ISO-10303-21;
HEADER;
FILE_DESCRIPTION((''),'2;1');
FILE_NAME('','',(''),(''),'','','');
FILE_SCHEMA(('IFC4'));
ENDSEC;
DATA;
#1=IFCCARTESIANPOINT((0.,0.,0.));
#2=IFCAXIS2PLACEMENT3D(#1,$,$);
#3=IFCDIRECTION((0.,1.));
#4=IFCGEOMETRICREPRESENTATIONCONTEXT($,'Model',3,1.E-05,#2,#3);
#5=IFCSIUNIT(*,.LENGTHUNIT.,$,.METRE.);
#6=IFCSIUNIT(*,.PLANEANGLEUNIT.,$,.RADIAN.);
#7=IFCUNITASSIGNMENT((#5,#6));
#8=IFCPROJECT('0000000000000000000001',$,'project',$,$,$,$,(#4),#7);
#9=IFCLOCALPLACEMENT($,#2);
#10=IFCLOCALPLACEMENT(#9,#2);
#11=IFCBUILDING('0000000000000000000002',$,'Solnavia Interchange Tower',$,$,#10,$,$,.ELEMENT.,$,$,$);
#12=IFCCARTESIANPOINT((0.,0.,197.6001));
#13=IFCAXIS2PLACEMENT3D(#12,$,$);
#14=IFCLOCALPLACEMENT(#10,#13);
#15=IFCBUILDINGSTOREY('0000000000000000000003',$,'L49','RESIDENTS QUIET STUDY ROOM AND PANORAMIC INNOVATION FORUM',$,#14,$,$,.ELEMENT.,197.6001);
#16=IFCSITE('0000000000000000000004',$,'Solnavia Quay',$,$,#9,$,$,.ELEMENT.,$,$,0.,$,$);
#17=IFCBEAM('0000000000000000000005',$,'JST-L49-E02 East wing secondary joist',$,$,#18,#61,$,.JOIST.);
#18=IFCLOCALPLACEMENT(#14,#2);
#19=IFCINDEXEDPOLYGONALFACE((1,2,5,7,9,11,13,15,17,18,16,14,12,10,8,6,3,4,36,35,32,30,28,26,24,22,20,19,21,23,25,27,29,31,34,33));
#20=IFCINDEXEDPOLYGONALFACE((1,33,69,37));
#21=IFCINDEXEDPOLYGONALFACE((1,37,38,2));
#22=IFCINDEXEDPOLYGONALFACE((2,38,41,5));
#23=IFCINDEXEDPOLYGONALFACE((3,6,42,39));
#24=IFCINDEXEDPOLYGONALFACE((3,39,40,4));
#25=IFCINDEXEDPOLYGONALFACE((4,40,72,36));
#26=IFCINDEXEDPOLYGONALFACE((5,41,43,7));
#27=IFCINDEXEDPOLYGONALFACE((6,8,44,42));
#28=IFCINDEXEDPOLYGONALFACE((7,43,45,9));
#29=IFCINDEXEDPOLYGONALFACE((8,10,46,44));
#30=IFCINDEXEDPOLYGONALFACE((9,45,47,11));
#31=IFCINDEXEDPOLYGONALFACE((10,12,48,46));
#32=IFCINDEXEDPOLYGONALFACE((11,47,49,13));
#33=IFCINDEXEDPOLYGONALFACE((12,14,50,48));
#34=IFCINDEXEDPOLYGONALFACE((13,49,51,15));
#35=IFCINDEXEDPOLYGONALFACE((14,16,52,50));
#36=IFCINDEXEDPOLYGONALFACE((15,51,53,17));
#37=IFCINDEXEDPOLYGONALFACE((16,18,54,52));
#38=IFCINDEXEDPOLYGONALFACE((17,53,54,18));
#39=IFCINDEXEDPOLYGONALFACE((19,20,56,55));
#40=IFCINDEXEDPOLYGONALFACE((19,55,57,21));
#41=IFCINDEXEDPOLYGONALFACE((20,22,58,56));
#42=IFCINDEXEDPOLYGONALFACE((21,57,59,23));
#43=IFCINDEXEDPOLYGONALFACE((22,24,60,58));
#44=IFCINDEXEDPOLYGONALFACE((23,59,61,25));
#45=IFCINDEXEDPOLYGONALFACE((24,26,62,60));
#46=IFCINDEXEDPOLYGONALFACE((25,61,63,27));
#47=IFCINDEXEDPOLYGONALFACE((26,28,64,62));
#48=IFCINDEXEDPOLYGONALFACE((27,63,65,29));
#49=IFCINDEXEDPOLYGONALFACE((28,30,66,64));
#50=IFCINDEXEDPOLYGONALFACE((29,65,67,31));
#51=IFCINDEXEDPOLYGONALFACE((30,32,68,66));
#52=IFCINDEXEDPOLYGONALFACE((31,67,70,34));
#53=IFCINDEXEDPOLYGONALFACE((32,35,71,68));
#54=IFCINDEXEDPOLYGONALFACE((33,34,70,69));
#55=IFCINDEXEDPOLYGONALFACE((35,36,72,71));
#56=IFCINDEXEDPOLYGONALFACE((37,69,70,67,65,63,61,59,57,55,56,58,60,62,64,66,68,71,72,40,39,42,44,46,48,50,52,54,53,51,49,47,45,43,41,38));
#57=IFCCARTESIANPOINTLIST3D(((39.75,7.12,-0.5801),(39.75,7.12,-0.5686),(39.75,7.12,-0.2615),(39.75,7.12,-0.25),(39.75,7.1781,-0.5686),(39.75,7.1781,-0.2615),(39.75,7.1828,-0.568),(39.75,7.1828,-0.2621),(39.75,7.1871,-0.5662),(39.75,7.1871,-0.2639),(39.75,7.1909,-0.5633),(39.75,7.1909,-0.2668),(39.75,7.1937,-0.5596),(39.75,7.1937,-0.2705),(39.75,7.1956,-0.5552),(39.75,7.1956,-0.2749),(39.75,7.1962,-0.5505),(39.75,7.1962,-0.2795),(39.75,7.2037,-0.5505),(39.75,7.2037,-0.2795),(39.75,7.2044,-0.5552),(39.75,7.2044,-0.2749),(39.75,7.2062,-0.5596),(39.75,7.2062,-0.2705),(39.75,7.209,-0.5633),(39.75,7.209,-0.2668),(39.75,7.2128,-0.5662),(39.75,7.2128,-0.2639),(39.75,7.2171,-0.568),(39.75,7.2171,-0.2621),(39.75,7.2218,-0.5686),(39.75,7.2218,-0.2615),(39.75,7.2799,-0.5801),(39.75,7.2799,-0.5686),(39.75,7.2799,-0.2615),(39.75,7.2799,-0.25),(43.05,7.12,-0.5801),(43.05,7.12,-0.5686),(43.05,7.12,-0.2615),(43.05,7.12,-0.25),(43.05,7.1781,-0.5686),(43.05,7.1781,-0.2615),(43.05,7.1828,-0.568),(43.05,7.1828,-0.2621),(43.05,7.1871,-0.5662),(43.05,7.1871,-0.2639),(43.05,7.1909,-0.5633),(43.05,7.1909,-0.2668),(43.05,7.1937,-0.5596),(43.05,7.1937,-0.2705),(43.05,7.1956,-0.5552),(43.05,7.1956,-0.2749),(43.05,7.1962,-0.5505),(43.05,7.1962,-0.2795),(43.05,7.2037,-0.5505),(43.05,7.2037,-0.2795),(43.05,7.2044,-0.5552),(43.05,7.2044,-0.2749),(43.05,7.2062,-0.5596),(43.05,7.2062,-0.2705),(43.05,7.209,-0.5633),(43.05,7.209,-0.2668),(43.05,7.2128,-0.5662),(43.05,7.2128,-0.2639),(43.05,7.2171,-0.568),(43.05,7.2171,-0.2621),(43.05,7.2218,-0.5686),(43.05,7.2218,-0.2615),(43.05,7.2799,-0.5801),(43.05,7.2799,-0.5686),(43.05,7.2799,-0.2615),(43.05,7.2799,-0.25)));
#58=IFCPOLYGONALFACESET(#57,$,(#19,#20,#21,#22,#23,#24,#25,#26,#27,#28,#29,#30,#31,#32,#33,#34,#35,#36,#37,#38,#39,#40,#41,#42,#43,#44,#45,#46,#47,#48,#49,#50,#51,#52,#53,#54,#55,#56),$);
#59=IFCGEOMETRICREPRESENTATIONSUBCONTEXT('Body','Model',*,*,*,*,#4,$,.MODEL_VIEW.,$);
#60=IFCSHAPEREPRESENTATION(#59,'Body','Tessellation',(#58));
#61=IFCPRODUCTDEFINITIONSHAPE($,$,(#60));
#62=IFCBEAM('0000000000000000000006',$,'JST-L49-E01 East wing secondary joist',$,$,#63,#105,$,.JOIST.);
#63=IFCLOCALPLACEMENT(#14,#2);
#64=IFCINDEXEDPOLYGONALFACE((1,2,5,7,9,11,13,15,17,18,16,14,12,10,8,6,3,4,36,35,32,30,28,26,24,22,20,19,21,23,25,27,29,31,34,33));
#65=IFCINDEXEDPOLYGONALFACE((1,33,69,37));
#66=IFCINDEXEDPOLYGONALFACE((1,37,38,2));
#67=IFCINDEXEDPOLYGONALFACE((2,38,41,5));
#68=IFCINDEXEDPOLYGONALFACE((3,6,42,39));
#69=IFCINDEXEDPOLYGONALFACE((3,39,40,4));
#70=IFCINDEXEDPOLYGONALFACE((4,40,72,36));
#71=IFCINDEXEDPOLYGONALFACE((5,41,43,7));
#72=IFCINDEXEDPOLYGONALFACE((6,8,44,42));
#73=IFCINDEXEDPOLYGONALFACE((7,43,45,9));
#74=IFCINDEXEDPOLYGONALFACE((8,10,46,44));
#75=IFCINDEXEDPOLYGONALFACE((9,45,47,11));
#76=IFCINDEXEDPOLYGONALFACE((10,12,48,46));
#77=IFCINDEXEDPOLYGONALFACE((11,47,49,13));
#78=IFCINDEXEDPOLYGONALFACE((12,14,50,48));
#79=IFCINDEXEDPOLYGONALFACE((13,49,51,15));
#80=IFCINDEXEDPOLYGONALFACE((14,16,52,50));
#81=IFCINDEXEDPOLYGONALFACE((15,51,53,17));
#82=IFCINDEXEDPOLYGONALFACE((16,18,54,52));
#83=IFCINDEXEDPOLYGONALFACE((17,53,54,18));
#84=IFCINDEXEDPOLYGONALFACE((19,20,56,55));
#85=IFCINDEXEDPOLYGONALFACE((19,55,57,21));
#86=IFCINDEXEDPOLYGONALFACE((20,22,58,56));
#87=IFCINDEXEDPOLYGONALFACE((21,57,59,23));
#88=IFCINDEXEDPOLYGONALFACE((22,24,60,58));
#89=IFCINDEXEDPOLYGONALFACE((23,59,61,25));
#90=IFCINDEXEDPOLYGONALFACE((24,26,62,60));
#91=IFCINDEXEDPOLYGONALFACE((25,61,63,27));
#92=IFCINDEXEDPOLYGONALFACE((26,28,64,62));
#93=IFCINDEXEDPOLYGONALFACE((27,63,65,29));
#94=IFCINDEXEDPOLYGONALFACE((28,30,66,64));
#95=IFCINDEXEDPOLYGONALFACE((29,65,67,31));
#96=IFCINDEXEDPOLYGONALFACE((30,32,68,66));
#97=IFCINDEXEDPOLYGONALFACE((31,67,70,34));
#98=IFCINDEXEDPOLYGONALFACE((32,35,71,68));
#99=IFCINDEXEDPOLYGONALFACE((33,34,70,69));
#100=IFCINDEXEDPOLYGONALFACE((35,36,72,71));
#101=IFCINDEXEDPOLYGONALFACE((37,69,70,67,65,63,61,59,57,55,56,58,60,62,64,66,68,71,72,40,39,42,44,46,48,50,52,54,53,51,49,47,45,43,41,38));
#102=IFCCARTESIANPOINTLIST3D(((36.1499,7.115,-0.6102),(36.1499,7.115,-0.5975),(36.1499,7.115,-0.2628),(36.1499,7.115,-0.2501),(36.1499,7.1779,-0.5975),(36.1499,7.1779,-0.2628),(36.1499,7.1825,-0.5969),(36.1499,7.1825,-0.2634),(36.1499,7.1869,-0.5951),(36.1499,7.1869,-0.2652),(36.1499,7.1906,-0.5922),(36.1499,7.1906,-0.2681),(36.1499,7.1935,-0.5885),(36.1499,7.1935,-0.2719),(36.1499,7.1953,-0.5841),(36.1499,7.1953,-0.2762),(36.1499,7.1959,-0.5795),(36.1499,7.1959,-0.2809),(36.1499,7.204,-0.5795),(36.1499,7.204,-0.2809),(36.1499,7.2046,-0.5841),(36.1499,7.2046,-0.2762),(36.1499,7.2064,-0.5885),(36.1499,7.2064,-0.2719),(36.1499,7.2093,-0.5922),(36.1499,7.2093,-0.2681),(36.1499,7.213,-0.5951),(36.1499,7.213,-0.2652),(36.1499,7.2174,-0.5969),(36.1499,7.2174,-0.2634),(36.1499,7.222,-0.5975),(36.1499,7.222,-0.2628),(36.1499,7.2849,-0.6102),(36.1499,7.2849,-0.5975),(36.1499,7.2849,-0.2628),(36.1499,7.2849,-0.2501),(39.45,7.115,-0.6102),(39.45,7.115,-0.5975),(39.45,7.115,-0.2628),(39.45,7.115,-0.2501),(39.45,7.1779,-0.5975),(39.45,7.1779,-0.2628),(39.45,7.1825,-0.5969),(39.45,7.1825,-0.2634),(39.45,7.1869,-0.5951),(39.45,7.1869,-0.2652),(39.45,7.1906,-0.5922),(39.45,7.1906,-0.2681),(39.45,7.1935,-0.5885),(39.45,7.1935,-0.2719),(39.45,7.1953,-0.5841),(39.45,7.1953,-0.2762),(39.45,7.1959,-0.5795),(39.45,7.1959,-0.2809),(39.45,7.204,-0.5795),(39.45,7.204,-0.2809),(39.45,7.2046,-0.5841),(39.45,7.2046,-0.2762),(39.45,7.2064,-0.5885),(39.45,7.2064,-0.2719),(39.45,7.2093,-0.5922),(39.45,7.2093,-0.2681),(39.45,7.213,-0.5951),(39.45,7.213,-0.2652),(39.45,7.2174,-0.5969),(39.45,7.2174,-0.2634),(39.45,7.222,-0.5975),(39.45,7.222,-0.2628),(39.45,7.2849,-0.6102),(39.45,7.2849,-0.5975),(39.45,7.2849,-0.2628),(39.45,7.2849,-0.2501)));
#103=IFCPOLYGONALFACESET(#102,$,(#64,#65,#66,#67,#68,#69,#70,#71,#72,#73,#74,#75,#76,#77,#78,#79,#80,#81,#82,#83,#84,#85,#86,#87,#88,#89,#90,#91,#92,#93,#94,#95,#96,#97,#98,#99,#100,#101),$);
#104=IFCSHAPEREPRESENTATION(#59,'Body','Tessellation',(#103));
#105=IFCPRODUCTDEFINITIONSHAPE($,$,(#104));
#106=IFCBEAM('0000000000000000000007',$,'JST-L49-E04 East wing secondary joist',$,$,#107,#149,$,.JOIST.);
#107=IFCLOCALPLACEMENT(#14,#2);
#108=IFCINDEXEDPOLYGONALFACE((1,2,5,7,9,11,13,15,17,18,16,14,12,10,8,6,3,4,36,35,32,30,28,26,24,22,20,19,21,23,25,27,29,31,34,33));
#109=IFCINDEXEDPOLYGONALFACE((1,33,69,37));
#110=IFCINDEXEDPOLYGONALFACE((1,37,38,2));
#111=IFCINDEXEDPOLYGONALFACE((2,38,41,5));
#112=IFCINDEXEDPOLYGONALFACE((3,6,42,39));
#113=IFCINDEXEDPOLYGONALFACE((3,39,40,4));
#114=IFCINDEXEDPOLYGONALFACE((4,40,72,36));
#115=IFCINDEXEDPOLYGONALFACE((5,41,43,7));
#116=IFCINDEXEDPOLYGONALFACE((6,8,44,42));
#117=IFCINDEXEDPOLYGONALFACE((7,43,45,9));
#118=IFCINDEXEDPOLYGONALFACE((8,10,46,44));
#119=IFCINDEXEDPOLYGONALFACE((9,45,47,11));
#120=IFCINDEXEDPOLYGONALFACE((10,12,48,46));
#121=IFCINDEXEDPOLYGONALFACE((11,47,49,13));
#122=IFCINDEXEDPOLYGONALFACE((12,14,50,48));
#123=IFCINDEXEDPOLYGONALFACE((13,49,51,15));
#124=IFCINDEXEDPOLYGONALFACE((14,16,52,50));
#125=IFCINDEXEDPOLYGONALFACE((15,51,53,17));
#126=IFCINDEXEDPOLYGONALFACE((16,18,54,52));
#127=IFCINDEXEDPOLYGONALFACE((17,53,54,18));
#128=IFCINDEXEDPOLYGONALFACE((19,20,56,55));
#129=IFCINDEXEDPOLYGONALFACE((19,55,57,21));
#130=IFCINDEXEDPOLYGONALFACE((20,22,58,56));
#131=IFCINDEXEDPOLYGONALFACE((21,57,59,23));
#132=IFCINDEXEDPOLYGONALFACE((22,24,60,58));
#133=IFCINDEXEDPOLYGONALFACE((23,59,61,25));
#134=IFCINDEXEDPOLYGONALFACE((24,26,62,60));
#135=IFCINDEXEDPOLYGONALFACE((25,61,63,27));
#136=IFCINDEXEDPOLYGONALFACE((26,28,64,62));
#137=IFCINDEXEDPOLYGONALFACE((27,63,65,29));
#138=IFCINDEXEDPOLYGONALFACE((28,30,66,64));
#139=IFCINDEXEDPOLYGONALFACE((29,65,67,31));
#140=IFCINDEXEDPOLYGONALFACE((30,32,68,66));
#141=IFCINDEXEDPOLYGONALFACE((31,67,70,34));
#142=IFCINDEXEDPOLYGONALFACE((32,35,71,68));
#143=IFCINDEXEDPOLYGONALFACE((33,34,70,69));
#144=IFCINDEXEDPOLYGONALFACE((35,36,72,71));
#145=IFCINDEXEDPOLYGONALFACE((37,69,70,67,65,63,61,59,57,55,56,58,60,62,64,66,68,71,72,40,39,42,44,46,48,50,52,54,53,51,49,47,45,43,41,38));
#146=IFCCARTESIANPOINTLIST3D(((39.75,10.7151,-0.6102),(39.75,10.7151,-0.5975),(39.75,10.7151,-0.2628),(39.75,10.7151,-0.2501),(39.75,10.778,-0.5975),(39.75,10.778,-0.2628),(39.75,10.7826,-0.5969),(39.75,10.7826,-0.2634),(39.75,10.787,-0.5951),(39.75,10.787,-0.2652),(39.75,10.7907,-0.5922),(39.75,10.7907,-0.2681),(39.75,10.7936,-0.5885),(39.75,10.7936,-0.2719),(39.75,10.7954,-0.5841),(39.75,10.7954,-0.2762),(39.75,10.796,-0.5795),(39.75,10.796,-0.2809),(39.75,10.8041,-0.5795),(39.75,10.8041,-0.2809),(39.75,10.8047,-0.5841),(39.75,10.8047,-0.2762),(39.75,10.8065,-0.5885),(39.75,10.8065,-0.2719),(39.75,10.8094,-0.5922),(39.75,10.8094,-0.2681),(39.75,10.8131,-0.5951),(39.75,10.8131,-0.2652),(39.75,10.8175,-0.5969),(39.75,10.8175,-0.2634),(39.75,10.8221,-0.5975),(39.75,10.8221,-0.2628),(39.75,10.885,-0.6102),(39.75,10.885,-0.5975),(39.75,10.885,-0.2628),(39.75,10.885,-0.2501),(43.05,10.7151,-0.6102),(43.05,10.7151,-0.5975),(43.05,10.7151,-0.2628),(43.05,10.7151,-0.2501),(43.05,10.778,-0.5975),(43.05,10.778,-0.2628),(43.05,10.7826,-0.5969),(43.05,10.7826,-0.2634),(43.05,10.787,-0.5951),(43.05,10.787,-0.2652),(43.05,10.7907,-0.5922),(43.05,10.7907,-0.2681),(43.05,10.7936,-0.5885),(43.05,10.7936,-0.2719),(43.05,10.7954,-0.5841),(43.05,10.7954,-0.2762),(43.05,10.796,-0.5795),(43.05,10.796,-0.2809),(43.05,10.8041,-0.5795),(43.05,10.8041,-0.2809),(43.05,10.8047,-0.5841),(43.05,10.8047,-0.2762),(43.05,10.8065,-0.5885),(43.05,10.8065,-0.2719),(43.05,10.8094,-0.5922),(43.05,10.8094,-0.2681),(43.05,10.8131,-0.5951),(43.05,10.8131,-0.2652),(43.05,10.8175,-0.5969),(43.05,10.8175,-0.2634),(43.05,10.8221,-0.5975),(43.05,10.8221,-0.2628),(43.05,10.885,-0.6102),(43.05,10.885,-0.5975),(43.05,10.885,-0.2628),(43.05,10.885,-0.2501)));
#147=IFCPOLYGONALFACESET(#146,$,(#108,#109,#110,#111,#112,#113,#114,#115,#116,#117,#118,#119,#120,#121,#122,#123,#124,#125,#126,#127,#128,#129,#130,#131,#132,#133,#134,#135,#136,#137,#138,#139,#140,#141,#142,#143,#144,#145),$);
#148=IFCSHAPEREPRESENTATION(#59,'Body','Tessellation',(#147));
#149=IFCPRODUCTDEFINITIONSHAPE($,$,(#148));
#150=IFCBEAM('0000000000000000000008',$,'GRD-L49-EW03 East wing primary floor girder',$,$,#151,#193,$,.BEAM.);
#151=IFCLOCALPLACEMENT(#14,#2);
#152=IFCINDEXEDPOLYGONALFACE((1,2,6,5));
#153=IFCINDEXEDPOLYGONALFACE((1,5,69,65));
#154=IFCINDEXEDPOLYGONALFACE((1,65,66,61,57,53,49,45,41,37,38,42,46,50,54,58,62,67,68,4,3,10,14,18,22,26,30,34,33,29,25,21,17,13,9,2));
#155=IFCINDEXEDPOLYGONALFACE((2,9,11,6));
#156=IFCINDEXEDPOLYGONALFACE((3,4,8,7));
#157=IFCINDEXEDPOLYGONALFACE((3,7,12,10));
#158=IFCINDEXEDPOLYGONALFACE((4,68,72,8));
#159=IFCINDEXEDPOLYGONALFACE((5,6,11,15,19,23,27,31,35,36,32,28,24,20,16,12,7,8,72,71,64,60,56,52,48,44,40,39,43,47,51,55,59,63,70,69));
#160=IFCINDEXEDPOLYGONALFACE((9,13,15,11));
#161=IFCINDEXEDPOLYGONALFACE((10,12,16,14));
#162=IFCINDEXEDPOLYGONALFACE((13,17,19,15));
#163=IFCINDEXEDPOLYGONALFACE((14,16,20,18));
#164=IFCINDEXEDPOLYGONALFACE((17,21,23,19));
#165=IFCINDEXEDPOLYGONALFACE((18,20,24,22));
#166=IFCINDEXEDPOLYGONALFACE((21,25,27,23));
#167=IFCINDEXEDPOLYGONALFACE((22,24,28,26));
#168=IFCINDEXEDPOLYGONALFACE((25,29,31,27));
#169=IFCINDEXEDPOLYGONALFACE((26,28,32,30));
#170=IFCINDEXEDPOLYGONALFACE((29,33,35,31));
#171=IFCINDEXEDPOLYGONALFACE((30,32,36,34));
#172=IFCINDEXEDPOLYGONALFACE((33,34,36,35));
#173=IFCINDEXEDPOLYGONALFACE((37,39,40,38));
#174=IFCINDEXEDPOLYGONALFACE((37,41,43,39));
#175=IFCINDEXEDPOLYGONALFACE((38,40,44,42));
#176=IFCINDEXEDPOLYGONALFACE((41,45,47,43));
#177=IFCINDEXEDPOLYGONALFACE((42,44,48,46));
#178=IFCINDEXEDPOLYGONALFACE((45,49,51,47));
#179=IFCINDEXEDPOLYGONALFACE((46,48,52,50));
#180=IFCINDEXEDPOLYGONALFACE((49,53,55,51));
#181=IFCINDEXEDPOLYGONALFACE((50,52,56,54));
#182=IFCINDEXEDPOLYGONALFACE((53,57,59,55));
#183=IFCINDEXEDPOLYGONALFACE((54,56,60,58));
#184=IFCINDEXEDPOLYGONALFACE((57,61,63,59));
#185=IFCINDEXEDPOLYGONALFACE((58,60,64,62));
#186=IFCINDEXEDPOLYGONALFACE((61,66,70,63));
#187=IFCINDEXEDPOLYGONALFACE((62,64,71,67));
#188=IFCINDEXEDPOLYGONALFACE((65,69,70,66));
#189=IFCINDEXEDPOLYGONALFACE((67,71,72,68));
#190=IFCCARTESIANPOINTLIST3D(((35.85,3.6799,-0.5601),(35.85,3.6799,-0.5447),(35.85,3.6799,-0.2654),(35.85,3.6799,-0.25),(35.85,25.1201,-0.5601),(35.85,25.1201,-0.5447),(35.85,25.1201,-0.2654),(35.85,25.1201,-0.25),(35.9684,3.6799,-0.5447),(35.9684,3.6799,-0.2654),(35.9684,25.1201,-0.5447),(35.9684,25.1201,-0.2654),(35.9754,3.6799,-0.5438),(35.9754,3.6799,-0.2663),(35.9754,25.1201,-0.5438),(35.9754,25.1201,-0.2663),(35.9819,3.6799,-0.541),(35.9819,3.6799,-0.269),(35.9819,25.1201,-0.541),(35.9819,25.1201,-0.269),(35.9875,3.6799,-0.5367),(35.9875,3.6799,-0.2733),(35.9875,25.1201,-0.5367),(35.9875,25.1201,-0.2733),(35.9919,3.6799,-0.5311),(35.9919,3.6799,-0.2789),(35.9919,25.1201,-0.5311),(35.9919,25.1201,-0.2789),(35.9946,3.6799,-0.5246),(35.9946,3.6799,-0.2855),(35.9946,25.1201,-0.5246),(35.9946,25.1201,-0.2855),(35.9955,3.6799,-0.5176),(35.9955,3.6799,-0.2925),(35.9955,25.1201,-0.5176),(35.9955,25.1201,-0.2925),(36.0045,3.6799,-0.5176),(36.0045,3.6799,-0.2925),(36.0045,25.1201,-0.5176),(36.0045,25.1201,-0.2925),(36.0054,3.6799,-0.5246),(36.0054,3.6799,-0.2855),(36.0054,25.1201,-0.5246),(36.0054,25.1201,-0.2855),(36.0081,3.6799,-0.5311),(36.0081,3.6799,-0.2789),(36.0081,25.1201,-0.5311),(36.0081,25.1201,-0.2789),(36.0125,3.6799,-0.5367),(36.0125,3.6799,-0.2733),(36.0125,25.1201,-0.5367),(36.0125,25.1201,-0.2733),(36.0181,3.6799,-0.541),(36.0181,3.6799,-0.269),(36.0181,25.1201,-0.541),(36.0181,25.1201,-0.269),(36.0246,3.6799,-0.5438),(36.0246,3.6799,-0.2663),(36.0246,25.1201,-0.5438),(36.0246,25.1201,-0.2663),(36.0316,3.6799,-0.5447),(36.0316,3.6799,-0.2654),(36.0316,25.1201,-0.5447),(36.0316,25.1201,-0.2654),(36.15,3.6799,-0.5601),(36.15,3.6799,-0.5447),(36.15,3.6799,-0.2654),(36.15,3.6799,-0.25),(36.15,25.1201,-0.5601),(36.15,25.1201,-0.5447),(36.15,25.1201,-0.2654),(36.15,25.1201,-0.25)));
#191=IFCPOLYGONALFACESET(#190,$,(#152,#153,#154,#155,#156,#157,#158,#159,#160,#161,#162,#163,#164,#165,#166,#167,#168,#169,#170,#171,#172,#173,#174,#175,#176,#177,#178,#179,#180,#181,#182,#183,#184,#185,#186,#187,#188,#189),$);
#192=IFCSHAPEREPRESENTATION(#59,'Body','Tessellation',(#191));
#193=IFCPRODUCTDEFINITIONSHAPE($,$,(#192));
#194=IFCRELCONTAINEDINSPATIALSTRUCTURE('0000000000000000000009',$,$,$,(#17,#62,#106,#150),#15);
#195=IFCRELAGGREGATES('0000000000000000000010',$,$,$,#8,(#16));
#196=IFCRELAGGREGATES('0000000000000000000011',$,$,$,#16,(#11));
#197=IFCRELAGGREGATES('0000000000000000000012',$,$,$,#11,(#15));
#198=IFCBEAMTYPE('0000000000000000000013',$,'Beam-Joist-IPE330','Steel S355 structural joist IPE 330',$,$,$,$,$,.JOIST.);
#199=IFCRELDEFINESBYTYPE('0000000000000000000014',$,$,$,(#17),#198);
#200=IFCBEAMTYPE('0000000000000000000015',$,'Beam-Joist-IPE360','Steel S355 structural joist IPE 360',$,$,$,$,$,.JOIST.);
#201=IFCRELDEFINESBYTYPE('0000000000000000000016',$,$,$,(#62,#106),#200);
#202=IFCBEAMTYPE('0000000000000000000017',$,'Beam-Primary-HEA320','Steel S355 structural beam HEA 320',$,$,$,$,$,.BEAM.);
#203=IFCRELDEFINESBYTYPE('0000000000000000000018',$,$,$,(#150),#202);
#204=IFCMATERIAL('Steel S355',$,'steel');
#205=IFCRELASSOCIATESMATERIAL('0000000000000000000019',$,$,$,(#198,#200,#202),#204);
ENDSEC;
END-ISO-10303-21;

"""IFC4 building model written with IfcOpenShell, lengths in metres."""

from ifc_helpers import new_model, si_unit, direction, frame, origin, origin_2d, place, context, subcontext, project, spatial, i_section, extrude, material, material_profile, profile_set, type_object, element, save


model = new_model("IFC4")

# Units and contexts
model_context = context("Model", 3, precision=1e-05, world=origin(), true_north=direction((0.0, 1.0)))
body_context = subcontext(model_context, "Body", "Model", "MODEL_VIEW")
ifc_project = project(units=[si_unit("LENGTHUNIT", "METRE"), si_unit("PLANEANGLEUNIT", "RADIAN")], contexts=[model_context])

# Site, building, storey
site_placement = place(None, origin())
site = spatial("IfcSite", under=ifc_project, at=site_placement, Name="Solnavia Quay", CompositionType="ELEMENT", RefElevation=0.0)
building_placement = place(site_placement, origin())
building = spatial("IfcBuilding", under=site, at=building_placement, Name="Solnavia Interchange Tower", CompositionType="ELEMENT")
storey_placement = place(building_placement, frame((0.0, 0.0, 197.6001)))
storey = spatial("IfcBuildingStorey", under=building, at=storey_placement, Name="L49", Description="RESIDENTS QUIET STUDY ROOM AND PANORAMIC INNOVATION FORUM", CompositionType="ELEMENT", Elevation=197.6001)

# Shared definitions
ifc_material_1 = material(Name="Steel S355", Category="steel")

# Beams
ifc_material_profile_1 = material_profile(ifc_material_1, i_section(OverallWidth=0.1599, OverallDepth=0.3301, WebThickness=0.0076, FlangeThickness=0.0115, FilletRadius=0.0181, at=origin_2d()), Name="IPE 330")
ifc_profile_set_1 = profile_set([ifc_material_profile_1], Name="Steel S355")
beam_type_1 = type_object("IfcBeamType", Name="Beam-Joist-IPE330", Description="Steel S355 structural joist IPE 330", PredefinedType="JOIST", material=ifc_profile_set_1)
beam_1_placement = place(storey_placement, frame((39.75, 7.2, -0.415), z_axis=(1.0, 0.0, 0.0), x_axis=(0.0, 1.0, 0.0)))
element("IfcBeam", 1, at=beam_1_placement, inside=storey, type_object=beam_type_1, Name="JST-L49-E02 East wing secondary joist", PredefinedType="JOIST", context=body_context, shape_type="SweptSolid", body=[
    extrude(i_section(OverallWidth=0.1599, OverallDepth=0.3301, WebThickness=0.0076, FlangeThickness=0.0115, FilletRadius=0.0181, at=origin_2d()), origin(), (0.0, 0.0, 1.0), 3.3),
])
ifc_material_profile_2 = material_profile(ifc_material_1, i_section(OverallWidth=0.1699, OverallDepth=0.3601, WebThickness=0.0081, FlangeThickness=0.0127, FilletRadius=0.0181, at=origin_2d()), Name="IPE 360")
ifc_profile_set_2 = profile_set([ifc_material_profile_2], Name="Steel S355")
beam_type_2 = type_object("IfcBeamType", Name="Beam-Joist-IPE360", Description="Steel S355 structural joist IPE 360", PredefinedType="JOIST", material=ifc_profile_set_2)
for number, where, z_axis, x_axis, name in (
    (2, (36.1499, 7.2, -0.4302), (1.0, 0.0, 0.0), (0.0, 1.0, 0.0), "JST-L49-E01 East wing secondary joist"),
    (3, (39.75, 10.8, -0.4302), (1.0, 0.0, 0.0), (0.0, 1.0, 0.0), "JST-L49-E04 East wing secondary joist"),
):
    element("IfcBeam", number, at=place(storey_placement, frame(where, z_axis=z_axis, x_axis=x_axis)), inside=storey, type_object=beam_type_2, Name=name, PredefinedType="JOIST", context=body_context, shape_type="SweptSolid", body=[
        extrude(i_section(OverallWidth=0.1699, OverallDepth=0.3601, WebThickness=0.0081, FlangeThickness=0.0127, FilletRadius=0.0181, at=origin_2d()), origin(), (0.0, 0.0, 1.0), 3.3),
    ])
ifc_material_profile_3 = material_profile(ifc_material_1, i_section(OverallWidth=0.3, OverallDepth=0.3101, WebThickness=0.009, FlangeThickness=0.0154, FilletRadius=0.0271, at=origin_2d()), Name="HEA 320")
ifc_profile_set_3 = profile_set([ifc_material_profile_3], Name="Steel S355")
beam_type_3 = type_object("IfcBeamType", Name="Beam-Primary-HEA320", Description="Steel S355 structural beam HEA 320", PredefinedType="BEAM", material=ifc_profile_set_3)
beam_2_placement = place(storey_placement, frame((36.0, 3.6799, -0.405), z_axis=(0.0, 1.0, 0.0), x_axis=(-1.0, 0.0, 0.0)))
element("IfcBeam", 4, at=beam_2_placement, inside=storey, type_object=beam_type_3, Name="GRD-L49-EW03 East wing primary floor girder", PredefinedType="BEAM", context=body_context, shape_type="SweptSolid", body=[
    extrude(i_section(OverallWidth=0.3, OverallDepth=0.3101, WebThickness=0.009, FlangeThickness=0.0154, FilletRadius=0.0271, at=origin_2d()), origin(), (0.0, 0.0, 1.0), 21.4402),
])

save(model, "model.ifc")
